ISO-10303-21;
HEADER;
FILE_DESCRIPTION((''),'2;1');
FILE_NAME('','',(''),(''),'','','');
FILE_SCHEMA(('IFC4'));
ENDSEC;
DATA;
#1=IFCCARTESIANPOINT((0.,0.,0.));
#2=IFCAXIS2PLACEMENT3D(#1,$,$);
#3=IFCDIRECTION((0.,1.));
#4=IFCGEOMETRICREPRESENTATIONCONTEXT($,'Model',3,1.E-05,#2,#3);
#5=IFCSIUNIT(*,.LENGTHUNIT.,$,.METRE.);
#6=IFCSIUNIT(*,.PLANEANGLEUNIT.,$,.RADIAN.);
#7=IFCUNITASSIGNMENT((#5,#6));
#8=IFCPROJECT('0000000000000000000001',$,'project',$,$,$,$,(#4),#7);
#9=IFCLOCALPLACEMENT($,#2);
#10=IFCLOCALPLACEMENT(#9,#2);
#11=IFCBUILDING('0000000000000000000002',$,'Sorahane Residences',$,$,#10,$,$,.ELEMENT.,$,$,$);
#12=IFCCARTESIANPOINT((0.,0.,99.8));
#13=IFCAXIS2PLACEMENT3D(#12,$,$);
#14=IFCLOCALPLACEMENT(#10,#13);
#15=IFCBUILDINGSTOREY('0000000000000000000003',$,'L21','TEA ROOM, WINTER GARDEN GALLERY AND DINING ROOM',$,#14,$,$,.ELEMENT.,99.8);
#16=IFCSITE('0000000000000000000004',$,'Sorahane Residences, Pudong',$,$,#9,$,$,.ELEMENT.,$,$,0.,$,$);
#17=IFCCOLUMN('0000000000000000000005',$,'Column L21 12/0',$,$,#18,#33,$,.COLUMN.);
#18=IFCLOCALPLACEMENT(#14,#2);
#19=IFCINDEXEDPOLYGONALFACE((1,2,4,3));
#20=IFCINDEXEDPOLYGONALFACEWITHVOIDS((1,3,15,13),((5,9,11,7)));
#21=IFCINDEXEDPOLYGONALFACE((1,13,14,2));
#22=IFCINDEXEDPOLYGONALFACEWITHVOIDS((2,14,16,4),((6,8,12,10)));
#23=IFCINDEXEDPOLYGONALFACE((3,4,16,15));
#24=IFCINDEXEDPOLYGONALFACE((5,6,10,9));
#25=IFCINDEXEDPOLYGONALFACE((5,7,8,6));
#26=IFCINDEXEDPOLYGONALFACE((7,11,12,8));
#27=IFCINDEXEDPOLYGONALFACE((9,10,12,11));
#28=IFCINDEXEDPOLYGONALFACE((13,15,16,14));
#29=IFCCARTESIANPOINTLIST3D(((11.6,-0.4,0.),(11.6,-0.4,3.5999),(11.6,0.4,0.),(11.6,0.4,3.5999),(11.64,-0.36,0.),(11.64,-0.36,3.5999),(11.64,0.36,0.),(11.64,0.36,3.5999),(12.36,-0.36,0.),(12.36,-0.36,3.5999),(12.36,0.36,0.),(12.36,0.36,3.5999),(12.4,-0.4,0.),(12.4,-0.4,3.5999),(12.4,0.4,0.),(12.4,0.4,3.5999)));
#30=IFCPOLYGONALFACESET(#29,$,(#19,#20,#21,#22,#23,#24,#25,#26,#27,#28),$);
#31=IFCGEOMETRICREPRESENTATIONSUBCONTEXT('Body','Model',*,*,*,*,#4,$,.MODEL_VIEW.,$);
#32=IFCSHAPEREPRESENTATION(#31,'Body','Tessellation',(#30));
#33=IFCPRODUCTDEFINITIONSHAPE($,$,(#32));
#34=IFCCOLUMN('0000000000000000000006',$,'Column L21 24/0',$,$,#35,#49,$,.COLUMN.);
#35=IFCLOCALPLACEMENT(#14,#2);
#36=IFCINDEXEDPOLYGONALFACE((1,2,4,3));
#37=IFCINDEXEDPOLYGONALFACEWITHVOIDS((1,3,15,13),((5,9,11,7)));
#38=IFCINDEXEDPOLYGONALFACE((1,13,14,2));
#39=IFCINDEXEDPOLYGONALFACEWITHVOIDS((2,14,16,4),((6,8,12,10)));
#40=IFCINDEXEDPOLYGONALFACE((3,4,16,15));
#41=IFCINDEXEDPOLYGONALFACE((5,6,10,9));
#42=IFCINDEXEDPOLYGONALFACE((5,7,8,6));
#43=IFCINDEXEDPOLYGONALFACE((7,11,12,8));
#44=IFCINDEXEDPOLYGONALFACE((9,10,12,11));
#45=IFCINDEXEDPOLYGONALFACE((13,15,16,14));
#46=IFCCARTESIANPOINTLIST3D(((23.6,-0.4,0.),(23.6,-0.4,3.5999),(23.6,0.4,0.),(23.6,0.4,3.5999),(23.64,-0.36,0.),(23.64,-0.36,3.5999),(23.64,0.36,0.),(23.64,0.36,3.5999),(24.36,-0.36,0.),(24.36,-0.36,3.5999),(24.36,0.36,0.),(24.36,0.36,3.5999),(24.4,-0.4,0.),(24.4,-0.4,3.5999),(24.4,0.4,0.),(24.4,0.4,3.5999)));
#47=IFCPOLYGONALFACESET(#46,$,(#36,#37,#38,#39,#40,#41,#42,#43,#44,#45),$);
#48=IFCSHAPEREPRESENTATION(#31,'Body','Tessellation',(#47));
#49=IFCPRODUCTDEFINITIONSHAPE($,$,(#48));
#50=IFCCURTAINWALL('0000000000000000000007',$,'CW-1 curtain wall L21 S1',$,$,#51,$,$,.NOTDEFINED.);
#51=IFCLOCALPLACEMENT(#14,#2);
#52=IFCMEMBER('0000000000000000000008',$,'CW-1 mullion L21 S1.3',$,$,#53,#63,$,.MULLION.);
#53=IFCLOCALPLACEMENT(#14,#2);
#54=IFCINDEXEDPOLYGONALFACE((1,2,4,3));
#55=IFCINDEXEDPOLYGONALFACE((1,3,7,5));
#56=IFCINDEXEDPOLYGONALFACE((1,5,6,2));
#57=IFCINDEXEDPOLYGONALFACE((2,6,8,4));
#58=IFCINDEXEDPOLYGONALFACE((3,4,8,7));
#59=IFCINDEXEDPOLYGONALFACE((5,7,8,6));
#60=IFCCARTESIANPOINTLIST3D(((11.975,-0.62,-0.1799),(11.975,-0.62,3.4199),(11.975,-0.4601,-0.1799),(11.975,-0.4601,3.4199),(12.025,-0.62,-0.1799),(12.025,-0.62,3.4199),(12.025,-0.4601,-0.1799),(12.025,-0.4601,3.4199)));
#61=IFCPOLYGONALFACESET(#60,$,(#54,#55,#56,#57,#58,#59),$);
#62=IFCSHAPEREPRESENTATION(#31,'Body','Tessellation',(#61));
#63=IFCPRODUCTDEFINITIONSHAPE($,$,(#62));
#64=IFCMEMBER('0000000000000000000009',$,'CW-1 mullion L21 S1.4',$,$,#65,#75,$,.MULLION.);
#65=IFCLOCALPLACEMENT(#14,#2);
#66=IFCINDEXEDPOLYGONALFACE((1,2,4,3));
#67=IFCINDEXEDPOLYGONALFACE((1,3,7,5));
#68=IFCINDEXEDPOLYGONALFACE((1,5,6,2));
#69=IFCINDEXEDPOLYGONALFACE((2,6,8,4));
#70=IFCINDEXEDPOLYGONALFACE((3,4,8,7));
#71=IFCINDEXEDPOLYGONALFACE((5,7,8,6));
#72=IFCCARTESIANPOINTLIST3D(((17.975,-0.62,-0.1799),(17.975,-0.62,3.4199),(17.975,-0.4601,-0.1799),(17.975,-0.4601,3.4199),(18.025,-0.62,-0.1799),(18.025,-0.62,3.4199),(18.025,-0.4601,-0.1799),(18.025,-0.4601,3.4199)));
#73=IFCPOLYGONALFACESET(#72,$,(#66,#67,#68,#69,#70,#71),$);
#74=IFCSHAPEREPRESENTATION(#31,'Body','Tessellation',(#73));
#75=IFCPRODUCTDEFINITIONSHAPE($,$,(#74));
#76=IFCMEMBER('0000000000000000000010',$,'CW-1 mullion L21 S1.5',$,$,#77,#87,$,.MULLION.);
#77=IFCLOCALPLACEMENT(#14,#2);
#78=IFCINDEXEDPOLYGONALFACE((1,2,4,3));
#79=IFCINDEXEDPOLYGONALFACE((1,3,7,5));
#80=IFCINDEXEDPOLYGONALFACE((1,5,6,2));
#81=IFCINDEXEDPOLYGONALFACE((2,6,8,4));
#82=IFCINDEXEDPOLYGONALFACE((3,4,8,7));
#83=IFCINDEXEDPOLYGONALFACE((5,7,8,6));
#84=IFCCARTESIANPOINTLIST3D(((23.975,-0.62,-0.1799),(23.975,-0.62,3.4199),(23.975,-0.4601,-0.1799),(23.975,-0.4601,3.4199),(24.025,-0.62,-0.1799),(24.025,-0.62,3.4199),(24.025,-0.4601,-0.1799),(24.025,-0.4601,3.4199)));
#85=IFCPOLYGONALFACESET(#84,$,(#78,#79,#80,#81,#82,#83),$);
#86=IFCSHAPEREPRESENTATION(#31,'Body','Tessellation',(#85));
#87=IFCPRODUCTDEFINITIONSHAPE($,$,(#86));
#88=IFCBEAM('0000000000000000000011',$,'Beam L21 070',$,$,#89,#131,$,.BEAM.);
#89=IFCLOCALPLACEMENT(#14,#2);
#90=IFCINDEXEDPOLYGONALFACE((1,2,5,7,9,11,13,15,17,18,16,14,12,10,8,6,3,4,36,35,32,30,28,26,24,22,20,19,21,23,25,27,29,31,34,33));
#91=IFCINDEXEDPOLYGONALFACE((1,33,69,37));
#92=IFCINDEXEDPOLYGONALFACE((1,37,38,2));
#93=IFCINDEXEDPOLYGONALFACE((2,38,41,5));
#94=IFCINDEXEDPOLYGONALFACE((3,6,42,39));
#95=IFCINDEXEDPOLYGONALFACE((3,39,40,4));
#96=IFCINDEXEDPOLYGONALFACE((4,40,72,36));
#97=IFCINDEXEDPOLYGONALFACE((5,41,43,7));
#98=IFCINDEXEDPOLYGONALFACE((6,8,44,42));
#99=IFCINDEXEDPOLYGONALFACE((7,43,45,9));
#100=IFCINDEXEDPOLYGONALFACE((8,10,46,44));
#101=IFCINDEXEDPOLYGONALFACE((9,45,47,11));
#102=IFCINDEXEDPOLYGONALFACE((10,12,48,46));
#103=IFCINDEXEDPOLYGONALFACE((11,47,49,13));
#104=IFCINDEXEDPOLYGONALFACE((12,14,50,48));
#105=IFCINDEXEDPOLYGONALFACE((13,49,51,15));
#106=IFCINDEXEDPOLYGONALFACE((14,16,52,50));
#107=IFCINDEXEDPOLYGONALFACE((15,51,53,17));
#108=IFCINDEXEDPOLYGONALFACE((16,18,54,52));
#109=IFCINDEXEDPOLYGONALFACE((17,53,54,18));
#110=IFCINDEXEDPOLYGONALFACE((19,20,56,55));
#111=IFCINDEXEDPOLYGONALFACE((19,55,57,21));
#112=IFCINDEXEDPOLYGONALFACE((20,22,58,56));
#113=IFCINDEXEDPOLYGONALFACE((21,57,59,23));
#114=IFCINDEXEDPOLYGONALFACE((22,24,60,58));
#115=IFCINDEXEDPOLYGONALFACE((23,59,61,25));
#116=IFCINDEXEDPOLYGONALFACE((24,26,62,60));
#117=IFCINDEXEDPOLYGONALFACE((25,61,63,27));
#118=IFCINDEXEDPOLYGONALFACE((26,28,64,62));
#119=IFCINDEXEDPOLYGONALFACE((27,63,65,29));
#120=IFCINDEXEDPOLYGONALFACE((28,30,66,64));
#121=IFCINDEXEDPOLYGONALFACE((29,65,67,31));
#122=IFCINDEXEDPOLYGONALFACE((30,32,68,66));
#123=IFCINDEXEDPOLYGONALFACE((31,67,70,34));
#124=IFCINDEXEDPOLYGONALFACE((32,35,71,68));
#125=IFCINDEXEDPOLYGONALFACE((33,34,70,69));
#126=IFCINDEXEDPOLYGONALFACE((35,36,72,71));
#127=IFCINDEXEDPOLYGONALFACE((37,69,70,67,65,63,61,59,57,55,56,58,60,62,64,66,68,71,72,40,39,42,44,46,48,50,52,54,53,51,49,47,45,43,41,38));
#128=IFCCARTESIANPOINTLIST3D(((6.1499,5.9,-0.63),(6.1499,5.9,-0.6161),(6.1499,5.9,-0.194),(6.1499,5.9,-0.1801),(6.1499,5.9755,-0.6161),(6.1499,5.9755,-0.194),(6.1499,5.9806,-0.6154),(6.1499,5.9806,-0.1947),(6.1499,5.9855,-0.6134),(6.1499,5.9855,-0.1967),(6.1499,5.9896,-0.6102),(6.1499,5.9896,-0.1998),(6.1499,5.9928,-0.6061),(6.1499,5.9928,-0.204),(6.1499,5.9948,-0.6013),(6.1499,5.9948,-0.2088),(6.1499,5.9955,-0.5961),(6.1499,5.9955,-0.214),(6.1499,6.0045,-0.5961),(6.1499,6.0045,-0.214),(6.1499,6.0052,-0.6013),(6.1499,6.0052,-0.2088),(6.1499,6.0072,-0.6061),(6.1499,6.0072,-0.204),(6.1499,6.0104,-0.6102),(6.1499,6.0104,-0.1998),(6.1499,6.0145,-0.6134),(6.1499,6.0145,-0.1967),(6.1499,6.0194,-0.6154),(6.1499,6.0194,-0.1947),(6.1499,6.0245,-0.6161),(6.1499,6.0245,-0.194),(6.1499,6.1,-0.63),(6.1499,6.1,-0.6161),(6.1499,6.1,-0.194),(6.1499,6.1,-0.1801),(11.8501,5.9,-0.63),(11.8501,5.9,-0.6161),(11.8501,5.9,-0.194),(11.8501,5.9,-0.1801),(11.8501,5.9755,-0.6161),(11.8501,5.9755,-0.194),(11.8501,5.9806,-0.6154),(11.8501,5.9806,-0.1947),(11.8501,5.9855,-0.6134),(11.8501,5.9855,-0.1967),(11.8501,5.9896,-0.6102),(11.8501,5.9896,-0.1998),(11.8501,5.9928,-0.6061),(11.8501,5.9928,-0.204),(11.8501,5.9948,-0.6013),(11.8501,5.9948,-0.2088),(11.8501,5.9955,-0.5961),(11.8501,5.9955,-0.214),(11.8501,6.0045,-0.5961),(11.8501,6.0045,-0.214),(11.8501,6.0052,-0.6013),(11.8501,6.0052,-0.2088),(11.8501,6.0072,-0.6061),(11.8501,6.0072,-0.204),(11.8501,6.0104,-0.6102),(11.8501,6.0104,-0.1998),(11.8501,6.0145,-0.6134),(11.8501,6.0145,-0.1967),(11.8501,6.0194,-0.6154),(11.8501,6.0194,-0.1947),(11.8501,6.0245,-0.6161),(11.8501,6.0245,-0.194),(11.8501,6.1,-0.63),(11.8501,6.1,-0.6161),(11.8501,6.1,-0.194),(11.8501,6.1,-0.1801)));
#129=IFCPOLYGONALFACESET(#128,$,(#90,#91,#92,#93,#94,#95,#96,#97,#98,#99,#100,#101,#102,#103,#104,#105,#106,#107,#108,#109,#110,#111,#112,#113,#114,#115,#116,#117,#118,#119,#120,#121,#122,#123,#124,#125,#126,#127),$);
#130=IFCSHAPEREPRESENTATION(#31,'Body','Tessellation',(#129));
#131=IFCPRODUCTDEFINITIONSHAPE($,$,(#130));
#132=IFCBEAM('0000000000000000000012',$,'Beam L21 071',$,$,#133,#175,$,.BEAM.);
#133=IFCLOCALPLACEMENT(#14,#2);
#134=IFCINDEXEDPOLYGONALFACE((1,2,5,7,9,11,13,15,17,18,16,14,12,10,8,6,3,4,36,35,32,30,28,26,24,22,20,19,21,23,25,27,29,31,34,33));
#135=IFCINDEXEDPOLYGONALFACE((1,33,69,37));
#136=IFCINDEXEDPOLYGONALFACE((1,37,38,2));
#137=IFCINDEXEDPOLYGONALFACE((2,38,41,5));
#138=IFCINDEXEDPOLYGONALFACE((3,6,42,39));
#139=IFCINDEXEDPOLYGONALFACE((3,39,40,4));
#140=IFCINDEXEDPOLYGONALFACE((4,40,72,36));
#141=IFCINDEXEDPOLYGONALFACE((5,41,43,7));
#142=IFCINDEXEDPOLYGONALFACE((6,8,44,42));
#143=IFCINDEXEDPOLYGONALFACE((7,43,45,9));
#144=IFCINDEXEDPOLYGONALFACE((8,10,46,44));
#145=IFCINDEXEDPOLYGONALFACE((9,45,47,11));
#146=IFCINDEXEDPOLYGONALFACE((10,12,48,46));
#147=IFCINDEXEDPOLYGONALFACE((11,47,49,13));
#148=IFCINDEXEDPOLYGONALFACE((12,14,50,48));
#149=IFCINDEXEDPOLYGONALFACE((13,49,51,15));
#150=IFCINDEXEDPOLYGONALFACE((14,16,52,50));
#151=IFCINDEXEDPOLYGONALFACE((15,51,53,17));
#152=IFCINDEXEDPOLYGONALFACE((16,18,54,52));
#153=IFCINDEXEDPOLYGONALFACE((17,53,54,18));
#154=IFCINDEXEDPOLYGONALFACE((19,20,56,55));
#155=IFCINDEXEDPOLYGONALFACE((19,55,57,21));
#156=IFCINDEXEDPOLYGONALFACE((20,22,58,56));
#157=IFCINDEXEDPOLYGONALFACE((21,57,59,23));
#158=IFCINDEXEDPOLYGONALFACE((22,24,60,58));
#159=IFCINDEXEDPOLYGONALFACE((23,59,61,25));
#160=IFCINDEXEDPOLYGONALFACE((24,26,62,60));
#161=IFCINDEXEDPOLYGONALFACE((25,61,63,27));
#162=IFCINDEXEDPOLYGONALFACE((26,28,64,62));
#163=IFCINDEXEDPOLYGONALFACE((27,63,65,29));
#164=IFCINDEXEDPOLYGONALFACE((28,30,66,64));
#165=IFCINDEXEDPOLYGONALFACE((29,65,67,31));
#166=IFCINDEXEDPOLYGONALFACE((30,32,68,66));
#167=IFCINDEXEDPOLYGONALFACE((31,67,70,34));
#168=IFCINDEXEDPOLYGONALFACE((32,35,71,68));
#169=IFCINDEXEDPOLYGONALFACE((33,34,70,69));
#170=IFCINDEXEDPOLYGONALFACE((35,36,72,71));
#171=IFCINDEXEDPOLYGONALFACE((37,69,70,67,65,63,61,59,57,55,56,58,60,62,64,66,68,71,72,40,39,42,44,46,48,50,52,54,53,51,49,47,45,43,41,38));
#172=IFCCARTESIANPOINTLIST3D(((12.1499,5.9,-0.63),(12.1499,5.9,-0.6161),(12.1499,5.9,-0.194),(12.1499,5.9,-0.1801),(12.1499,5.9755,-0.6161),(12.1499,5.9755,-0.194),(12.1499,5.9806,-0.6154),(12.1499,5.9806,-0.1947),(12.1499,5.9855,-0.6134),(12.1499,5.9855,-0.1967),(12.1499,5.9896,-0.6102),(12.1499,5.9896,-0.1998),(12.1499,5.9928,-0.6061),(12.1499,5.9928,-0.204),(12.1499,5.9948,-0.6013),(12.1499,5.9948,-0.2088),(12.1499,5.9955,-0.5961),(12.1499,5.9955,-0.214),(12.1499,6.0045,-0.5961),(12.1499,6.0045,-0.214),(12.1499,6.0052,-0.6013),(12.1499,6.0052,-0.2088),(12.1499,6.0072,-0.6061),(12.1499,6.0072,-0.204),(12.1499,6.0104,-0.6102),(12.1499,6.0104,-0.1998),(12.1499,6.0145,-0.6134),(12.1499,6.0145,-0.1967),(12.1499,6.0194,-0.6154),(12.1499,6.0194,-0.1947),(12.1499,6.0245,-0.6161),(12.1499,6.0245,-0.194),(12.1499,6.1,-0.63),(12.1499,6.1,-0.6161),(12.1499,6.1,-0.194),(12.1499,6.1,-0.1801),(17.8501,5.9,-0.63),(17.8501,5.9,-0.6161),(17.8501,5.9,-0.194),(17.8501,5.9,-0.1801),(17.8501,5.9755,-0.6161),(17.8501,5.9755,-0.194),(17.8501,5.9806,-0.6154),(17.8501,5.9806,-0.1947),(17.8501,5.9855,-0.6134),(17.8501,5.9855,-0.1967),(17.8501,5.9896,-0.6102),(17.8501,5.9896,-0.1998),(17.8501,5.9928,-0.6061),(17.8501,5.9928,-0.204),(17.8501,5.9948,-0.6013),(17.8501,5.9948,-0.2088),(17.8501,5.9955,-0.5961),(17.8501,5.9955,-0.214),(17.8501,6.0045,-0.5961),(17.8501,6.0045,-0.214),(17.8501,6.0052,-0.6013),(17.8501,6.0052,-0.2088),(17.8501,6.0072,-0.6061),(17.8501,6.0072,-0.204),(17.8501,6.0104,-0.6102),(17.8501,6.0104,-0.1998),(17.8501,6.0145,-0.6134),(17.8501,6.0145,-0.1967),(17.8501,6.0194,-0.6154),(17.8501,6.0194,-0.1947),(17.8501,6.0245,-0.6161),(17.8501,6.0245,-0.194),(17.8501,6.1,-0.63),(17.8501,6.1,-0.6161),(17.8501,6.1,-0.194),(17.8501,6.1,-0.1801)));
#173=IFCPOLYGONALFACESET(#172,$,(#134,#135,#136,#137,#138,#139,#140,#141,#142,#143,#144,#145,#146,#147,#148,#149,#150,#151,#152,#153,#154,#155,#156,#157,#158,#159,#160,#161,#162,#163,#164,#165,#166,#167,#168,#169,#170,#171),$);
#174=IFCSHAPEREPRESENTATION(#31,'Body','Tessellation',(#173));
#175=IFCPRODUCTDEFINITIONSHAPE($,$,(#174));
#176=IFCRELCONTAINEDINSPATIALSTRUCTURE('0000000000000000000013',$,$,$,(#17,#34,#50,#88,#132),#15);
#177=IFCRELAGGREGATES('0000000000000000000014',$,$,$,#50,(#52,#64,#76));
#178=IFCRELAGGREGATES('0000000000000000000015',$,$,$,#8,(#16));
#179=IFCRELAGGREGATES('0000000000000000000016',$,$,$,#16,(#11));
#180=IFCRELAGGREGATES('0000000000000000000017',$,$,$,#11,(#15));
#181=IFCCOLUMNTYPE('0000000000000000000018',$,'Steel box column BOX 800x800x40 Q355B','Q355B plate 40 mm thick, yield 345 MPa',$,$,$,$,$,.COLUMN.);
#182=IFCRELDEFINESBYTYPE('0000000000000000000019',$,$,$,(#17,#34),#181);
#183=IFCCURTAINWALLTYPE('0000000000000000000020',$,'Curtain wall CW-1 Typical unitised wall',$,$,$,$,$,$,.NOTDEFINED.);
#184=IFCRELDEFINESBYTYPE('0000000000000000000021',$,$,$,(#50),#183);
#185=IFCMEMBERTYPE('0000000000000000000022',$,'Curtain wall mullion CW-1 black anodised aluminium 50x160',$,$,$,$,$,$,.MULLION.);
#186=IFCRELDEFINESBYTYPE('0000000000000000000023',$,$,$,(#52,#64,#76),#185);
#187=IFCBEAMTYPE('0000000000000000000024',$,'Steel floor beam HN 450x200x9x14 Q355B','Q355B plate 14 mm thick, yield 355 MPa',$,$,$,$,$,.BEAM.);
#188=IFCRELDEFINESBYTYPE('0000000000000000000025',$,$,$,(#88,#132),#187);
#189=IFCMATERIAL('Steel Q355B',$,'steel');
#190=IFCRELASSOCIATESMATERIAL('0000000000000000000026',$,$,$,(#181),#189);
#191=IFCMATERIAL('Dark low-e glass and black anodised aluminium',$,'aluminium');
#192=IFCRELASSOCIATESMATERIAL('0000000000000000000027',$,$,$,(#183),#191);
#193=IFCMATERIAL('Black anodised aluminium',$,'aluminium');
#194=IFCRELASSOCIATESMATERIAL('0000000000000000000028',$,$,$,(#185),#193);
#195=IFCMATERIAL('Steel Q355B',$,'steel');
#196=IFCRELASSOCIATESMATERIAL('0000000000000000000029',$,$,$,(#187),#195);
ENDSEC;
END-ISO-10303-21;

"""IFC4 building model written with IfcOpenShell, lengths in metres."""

from ifc_helpers import new_model, si_unit, direction, frame, origin, origin_2d, place, context, subcontext, project, spatial, rectangle, hollow_rectangle, i_section, extrude, material, material_profile, profile_set, type_object, element, aggregate, save


model = new_model("IFC4")

# Units and contexts
model_context = context("Model", 3, precision=1e-05, world=origin(), true_north=direction((0.0, 1.0)))
body_context = subcontext(model_context, "Body", "Model", "MODEL_VIEW")
ifc_project = project(units=[si_unit("LENGTHUNIT", "METRE"), si_unit("PLANEANGLEUNIT", "RADIAN")], contexts=[model_context])

# Site, building, storey
site_placement = place(None, origin())
site = spatial("IfcSite", under=ifc_project, at=site_placement, Name="Sorahane Residences, Pudong", CompositionType="ELEMENT", RefElevation=0.0)
building_placement = place(site_placement, origin())
building = spatial("IfcBuilding", under=site, at=building_placement, Name="Sorahane Residences", CompositionType="ELEMENT")
storey_placement = place(building_placement, frame((0.0, 0.0, 99.8)))
storey = spatial("IfcBuildingStorey", under=building, at=storey_placement, Name="L21", Description="TEA ROOM, WINTER GARDEN GALLERY AND DINING ROOM", CompositionType="ELEMENT", Elevation=99.8)

# Columns
ifc_material_1 = material(Name="Steel Q355B", Category="steel")
ifc_material_profile_1 = material_profile(ifc_material_1, hollow_rectangle(XDim=0.8, YDim=0.8, WallThickness=0.04, at=origin_2d()), Name="BOX 800x800x40")
ifc_profile_set_1 = profile_set([ifc_material_profile_1], Name="Steel Q355B")
column_type = type_object("IfcColumnType", Name="Steel box column BOX 800x800x40 Q355B", Description="Q355B plate 40 mm thick, yield 345 MPa", PredefinedType="COLUMN", material=ifc_profile_set_1)
for number, where, z_axis, x_axis, name in (
    (1, (12.0, 0.0, 0.0), (0.0, 0.0, 1.0), (1.0, 0.0, 0.0), "Column L21 12/0"),
    (2, (24.0, 0.0, 0.0), (0.0, 0.0, 1.0), (1.0, 0.0, 0.0), "Column L21 24/0"),
):
    element("IfcColumn", number, at=place(storey_placement, frame(where, z_axis=z_axis, x_axis=x_axis)), inside=storey, type_object=column_type, Name=name, PredefinedType="COLUMN", context=body_context, shape_type="SweptSolid", body=[
        extrude(hollow_rectangle(XDim=0.8, YDim=0.8, WallThickness=0.04, at=origin_2d()), origin(), (0.0, 0.0, 1.0), 3.5999),
    ])

# Curtain wall, members
ifc_material_2 = material(Name="Dark low-e glass and black anodised aluminium", Category="aluminium")
curtain_wall_type = type_object("IfcCurtainWallType", Name="Curtain wall CW-1 Typical unitised wall", PredefinedType="NOTDEFINED", material=ifc_material_2)
curtain_wall_placement = place(storey_placement, origin())
curtain_wall = element("IfcCurtainWall", 3, at=curtain_wall_placement, inside=storey, type_object=curtain_wall_type, Name="CW-1 curtain wall L21 S1", PredefinedType="NOTDEFINED")
ifc_material_3 = material(Name="Black anodised aluminium", Category="aluminium")
ifc_material_profile_2 = material_profile(ifc_material_3, rectangle(XDim=0.1599, YDim=0.05, at=origin_2d()), Name="Curtain wall mullion CW-1 black anodised aluminium 50x160")
ifc_profile_set_2 = profile_set([ifc_material_profile_2], Name="Black anodised aluminium")
member_type = type_object("IfcMemberType", Name="Curtain wall mullion CW-1 black anodised aluminium 50x160", PredefinedType="MULLION", material=ifc_profile_set_2)
member_1_placement = place(storey_placement, frame((12.0, -0.54, -0.1799), z_axis=(0.0, 0.0, 1.0), x_axis=(0.0, -1.0, 0.0)))
member_1 = element("IfcMember", 4, at=member_1_placement, type_object=member_type, Name="CW-1 mullion L21 S1.3", PredefinedType="MULLION", context=body_context, shape_type="SweptSolid", body=[
    extrude(rectangle(XDim=0.1599, YDim=0.05, at=origin_2d()), origin(), (0.0, 0.0, 1.0), 3.5999),
])
member_2_placement = place(storey_placement, frame((18.0, -0.54, -0.1799), z_axis=(0.0, 0.0, 1.0), x_axis=(0.0, -1.0, 0.0)))
member_2 = element("IfcMember", 5, at=member_2_placement, type_object=member_type, Name="CW-1 mullion L21 S1.4", PredefinedType="MULLION", context=body_context, shape_type="SweptSolid", body=[
    extrude(rectangle(XDim=0.1599, YDim=0.05, at=origin_2d()), origin(), (0.0, 0.0, 1.0), 3.5999),
])
member_3_placement = place(storey_placement, frame((24.0, -0.54, -0.1799), z_axis=(0.0, 0.0, 1.0), x_axis=(0.0, -1.0, 0.0)))
member_3 = element("IfcMember", 6, at=member_3_placement, type_object=member_type, Name="CW-1 mullion L21 S1.5", PredefinedType="MULLION", context=body_context, shape_type="SweptSolid", body=[
    extrude(rectangle(XDim=0.1599, YDim=0.05, at=origin_2d()), origin(), (0.0, 0.0, 1.0), 3.5999),
])

# Beams
ifc_material_4 = material(Name="Steel Q355B", Category="steel")
ifc_material_profile_3 = material_profile(ifc_material_4, i_section(OverallWidth=0.2, OverallDepth=0.45, WebThickness=0.009, FlangeThickness=0.0139, FilletRadius=0.02, at=origin_2d()), Name="HN 450x200x9x14")
ifc_profile_set_3 = profile_set([ifc_material_profile_3], Name="Steel Q355B")
beam_type_1 = type_object("IfcBeamType", Name="Steel floor beam HN 450x200x9x14 Q355B", Description="Q355B plate 14 mm thick, yield 355 MPa", PredefinedType="BEAM", material=ifc_profile_set_3)
for number, where, z_axis, x_axis, name in (
    (7, (6.1499, 6.0, -0.405), (1.0, 0.0, 0.0), (0.0, 1.0, 0.0), "Beam L21 070"),
    (8, (12.1499, 6.0, -0.405), (1.0, 0.0, 0.0), (0.0, 1.0, 0.0), "Beam L21 071"),
):
    element("IfcBeam", number, at=place(storey_placement, frame(where, z_axis=z_axis, x_axis=x_axis)), inside=storey, type_object=beam_type_1, Name=name, PredefinedType="BEAM", context=body_context, shape_type="SweptSolid", body=[
        extrude(i_section(OverallWidth=0.2, OverallDepth=0.45, WebThickness=0.009, FlangeThickness=0.0139, FilletRadius=0.02, at=origin_2d()), origin(), (0.0, 0.0, 1.0), 5.7002),
    ])

aggregate(curtain_wall, [member_1, member_2, member_3])

save(model, "model.ifc")
